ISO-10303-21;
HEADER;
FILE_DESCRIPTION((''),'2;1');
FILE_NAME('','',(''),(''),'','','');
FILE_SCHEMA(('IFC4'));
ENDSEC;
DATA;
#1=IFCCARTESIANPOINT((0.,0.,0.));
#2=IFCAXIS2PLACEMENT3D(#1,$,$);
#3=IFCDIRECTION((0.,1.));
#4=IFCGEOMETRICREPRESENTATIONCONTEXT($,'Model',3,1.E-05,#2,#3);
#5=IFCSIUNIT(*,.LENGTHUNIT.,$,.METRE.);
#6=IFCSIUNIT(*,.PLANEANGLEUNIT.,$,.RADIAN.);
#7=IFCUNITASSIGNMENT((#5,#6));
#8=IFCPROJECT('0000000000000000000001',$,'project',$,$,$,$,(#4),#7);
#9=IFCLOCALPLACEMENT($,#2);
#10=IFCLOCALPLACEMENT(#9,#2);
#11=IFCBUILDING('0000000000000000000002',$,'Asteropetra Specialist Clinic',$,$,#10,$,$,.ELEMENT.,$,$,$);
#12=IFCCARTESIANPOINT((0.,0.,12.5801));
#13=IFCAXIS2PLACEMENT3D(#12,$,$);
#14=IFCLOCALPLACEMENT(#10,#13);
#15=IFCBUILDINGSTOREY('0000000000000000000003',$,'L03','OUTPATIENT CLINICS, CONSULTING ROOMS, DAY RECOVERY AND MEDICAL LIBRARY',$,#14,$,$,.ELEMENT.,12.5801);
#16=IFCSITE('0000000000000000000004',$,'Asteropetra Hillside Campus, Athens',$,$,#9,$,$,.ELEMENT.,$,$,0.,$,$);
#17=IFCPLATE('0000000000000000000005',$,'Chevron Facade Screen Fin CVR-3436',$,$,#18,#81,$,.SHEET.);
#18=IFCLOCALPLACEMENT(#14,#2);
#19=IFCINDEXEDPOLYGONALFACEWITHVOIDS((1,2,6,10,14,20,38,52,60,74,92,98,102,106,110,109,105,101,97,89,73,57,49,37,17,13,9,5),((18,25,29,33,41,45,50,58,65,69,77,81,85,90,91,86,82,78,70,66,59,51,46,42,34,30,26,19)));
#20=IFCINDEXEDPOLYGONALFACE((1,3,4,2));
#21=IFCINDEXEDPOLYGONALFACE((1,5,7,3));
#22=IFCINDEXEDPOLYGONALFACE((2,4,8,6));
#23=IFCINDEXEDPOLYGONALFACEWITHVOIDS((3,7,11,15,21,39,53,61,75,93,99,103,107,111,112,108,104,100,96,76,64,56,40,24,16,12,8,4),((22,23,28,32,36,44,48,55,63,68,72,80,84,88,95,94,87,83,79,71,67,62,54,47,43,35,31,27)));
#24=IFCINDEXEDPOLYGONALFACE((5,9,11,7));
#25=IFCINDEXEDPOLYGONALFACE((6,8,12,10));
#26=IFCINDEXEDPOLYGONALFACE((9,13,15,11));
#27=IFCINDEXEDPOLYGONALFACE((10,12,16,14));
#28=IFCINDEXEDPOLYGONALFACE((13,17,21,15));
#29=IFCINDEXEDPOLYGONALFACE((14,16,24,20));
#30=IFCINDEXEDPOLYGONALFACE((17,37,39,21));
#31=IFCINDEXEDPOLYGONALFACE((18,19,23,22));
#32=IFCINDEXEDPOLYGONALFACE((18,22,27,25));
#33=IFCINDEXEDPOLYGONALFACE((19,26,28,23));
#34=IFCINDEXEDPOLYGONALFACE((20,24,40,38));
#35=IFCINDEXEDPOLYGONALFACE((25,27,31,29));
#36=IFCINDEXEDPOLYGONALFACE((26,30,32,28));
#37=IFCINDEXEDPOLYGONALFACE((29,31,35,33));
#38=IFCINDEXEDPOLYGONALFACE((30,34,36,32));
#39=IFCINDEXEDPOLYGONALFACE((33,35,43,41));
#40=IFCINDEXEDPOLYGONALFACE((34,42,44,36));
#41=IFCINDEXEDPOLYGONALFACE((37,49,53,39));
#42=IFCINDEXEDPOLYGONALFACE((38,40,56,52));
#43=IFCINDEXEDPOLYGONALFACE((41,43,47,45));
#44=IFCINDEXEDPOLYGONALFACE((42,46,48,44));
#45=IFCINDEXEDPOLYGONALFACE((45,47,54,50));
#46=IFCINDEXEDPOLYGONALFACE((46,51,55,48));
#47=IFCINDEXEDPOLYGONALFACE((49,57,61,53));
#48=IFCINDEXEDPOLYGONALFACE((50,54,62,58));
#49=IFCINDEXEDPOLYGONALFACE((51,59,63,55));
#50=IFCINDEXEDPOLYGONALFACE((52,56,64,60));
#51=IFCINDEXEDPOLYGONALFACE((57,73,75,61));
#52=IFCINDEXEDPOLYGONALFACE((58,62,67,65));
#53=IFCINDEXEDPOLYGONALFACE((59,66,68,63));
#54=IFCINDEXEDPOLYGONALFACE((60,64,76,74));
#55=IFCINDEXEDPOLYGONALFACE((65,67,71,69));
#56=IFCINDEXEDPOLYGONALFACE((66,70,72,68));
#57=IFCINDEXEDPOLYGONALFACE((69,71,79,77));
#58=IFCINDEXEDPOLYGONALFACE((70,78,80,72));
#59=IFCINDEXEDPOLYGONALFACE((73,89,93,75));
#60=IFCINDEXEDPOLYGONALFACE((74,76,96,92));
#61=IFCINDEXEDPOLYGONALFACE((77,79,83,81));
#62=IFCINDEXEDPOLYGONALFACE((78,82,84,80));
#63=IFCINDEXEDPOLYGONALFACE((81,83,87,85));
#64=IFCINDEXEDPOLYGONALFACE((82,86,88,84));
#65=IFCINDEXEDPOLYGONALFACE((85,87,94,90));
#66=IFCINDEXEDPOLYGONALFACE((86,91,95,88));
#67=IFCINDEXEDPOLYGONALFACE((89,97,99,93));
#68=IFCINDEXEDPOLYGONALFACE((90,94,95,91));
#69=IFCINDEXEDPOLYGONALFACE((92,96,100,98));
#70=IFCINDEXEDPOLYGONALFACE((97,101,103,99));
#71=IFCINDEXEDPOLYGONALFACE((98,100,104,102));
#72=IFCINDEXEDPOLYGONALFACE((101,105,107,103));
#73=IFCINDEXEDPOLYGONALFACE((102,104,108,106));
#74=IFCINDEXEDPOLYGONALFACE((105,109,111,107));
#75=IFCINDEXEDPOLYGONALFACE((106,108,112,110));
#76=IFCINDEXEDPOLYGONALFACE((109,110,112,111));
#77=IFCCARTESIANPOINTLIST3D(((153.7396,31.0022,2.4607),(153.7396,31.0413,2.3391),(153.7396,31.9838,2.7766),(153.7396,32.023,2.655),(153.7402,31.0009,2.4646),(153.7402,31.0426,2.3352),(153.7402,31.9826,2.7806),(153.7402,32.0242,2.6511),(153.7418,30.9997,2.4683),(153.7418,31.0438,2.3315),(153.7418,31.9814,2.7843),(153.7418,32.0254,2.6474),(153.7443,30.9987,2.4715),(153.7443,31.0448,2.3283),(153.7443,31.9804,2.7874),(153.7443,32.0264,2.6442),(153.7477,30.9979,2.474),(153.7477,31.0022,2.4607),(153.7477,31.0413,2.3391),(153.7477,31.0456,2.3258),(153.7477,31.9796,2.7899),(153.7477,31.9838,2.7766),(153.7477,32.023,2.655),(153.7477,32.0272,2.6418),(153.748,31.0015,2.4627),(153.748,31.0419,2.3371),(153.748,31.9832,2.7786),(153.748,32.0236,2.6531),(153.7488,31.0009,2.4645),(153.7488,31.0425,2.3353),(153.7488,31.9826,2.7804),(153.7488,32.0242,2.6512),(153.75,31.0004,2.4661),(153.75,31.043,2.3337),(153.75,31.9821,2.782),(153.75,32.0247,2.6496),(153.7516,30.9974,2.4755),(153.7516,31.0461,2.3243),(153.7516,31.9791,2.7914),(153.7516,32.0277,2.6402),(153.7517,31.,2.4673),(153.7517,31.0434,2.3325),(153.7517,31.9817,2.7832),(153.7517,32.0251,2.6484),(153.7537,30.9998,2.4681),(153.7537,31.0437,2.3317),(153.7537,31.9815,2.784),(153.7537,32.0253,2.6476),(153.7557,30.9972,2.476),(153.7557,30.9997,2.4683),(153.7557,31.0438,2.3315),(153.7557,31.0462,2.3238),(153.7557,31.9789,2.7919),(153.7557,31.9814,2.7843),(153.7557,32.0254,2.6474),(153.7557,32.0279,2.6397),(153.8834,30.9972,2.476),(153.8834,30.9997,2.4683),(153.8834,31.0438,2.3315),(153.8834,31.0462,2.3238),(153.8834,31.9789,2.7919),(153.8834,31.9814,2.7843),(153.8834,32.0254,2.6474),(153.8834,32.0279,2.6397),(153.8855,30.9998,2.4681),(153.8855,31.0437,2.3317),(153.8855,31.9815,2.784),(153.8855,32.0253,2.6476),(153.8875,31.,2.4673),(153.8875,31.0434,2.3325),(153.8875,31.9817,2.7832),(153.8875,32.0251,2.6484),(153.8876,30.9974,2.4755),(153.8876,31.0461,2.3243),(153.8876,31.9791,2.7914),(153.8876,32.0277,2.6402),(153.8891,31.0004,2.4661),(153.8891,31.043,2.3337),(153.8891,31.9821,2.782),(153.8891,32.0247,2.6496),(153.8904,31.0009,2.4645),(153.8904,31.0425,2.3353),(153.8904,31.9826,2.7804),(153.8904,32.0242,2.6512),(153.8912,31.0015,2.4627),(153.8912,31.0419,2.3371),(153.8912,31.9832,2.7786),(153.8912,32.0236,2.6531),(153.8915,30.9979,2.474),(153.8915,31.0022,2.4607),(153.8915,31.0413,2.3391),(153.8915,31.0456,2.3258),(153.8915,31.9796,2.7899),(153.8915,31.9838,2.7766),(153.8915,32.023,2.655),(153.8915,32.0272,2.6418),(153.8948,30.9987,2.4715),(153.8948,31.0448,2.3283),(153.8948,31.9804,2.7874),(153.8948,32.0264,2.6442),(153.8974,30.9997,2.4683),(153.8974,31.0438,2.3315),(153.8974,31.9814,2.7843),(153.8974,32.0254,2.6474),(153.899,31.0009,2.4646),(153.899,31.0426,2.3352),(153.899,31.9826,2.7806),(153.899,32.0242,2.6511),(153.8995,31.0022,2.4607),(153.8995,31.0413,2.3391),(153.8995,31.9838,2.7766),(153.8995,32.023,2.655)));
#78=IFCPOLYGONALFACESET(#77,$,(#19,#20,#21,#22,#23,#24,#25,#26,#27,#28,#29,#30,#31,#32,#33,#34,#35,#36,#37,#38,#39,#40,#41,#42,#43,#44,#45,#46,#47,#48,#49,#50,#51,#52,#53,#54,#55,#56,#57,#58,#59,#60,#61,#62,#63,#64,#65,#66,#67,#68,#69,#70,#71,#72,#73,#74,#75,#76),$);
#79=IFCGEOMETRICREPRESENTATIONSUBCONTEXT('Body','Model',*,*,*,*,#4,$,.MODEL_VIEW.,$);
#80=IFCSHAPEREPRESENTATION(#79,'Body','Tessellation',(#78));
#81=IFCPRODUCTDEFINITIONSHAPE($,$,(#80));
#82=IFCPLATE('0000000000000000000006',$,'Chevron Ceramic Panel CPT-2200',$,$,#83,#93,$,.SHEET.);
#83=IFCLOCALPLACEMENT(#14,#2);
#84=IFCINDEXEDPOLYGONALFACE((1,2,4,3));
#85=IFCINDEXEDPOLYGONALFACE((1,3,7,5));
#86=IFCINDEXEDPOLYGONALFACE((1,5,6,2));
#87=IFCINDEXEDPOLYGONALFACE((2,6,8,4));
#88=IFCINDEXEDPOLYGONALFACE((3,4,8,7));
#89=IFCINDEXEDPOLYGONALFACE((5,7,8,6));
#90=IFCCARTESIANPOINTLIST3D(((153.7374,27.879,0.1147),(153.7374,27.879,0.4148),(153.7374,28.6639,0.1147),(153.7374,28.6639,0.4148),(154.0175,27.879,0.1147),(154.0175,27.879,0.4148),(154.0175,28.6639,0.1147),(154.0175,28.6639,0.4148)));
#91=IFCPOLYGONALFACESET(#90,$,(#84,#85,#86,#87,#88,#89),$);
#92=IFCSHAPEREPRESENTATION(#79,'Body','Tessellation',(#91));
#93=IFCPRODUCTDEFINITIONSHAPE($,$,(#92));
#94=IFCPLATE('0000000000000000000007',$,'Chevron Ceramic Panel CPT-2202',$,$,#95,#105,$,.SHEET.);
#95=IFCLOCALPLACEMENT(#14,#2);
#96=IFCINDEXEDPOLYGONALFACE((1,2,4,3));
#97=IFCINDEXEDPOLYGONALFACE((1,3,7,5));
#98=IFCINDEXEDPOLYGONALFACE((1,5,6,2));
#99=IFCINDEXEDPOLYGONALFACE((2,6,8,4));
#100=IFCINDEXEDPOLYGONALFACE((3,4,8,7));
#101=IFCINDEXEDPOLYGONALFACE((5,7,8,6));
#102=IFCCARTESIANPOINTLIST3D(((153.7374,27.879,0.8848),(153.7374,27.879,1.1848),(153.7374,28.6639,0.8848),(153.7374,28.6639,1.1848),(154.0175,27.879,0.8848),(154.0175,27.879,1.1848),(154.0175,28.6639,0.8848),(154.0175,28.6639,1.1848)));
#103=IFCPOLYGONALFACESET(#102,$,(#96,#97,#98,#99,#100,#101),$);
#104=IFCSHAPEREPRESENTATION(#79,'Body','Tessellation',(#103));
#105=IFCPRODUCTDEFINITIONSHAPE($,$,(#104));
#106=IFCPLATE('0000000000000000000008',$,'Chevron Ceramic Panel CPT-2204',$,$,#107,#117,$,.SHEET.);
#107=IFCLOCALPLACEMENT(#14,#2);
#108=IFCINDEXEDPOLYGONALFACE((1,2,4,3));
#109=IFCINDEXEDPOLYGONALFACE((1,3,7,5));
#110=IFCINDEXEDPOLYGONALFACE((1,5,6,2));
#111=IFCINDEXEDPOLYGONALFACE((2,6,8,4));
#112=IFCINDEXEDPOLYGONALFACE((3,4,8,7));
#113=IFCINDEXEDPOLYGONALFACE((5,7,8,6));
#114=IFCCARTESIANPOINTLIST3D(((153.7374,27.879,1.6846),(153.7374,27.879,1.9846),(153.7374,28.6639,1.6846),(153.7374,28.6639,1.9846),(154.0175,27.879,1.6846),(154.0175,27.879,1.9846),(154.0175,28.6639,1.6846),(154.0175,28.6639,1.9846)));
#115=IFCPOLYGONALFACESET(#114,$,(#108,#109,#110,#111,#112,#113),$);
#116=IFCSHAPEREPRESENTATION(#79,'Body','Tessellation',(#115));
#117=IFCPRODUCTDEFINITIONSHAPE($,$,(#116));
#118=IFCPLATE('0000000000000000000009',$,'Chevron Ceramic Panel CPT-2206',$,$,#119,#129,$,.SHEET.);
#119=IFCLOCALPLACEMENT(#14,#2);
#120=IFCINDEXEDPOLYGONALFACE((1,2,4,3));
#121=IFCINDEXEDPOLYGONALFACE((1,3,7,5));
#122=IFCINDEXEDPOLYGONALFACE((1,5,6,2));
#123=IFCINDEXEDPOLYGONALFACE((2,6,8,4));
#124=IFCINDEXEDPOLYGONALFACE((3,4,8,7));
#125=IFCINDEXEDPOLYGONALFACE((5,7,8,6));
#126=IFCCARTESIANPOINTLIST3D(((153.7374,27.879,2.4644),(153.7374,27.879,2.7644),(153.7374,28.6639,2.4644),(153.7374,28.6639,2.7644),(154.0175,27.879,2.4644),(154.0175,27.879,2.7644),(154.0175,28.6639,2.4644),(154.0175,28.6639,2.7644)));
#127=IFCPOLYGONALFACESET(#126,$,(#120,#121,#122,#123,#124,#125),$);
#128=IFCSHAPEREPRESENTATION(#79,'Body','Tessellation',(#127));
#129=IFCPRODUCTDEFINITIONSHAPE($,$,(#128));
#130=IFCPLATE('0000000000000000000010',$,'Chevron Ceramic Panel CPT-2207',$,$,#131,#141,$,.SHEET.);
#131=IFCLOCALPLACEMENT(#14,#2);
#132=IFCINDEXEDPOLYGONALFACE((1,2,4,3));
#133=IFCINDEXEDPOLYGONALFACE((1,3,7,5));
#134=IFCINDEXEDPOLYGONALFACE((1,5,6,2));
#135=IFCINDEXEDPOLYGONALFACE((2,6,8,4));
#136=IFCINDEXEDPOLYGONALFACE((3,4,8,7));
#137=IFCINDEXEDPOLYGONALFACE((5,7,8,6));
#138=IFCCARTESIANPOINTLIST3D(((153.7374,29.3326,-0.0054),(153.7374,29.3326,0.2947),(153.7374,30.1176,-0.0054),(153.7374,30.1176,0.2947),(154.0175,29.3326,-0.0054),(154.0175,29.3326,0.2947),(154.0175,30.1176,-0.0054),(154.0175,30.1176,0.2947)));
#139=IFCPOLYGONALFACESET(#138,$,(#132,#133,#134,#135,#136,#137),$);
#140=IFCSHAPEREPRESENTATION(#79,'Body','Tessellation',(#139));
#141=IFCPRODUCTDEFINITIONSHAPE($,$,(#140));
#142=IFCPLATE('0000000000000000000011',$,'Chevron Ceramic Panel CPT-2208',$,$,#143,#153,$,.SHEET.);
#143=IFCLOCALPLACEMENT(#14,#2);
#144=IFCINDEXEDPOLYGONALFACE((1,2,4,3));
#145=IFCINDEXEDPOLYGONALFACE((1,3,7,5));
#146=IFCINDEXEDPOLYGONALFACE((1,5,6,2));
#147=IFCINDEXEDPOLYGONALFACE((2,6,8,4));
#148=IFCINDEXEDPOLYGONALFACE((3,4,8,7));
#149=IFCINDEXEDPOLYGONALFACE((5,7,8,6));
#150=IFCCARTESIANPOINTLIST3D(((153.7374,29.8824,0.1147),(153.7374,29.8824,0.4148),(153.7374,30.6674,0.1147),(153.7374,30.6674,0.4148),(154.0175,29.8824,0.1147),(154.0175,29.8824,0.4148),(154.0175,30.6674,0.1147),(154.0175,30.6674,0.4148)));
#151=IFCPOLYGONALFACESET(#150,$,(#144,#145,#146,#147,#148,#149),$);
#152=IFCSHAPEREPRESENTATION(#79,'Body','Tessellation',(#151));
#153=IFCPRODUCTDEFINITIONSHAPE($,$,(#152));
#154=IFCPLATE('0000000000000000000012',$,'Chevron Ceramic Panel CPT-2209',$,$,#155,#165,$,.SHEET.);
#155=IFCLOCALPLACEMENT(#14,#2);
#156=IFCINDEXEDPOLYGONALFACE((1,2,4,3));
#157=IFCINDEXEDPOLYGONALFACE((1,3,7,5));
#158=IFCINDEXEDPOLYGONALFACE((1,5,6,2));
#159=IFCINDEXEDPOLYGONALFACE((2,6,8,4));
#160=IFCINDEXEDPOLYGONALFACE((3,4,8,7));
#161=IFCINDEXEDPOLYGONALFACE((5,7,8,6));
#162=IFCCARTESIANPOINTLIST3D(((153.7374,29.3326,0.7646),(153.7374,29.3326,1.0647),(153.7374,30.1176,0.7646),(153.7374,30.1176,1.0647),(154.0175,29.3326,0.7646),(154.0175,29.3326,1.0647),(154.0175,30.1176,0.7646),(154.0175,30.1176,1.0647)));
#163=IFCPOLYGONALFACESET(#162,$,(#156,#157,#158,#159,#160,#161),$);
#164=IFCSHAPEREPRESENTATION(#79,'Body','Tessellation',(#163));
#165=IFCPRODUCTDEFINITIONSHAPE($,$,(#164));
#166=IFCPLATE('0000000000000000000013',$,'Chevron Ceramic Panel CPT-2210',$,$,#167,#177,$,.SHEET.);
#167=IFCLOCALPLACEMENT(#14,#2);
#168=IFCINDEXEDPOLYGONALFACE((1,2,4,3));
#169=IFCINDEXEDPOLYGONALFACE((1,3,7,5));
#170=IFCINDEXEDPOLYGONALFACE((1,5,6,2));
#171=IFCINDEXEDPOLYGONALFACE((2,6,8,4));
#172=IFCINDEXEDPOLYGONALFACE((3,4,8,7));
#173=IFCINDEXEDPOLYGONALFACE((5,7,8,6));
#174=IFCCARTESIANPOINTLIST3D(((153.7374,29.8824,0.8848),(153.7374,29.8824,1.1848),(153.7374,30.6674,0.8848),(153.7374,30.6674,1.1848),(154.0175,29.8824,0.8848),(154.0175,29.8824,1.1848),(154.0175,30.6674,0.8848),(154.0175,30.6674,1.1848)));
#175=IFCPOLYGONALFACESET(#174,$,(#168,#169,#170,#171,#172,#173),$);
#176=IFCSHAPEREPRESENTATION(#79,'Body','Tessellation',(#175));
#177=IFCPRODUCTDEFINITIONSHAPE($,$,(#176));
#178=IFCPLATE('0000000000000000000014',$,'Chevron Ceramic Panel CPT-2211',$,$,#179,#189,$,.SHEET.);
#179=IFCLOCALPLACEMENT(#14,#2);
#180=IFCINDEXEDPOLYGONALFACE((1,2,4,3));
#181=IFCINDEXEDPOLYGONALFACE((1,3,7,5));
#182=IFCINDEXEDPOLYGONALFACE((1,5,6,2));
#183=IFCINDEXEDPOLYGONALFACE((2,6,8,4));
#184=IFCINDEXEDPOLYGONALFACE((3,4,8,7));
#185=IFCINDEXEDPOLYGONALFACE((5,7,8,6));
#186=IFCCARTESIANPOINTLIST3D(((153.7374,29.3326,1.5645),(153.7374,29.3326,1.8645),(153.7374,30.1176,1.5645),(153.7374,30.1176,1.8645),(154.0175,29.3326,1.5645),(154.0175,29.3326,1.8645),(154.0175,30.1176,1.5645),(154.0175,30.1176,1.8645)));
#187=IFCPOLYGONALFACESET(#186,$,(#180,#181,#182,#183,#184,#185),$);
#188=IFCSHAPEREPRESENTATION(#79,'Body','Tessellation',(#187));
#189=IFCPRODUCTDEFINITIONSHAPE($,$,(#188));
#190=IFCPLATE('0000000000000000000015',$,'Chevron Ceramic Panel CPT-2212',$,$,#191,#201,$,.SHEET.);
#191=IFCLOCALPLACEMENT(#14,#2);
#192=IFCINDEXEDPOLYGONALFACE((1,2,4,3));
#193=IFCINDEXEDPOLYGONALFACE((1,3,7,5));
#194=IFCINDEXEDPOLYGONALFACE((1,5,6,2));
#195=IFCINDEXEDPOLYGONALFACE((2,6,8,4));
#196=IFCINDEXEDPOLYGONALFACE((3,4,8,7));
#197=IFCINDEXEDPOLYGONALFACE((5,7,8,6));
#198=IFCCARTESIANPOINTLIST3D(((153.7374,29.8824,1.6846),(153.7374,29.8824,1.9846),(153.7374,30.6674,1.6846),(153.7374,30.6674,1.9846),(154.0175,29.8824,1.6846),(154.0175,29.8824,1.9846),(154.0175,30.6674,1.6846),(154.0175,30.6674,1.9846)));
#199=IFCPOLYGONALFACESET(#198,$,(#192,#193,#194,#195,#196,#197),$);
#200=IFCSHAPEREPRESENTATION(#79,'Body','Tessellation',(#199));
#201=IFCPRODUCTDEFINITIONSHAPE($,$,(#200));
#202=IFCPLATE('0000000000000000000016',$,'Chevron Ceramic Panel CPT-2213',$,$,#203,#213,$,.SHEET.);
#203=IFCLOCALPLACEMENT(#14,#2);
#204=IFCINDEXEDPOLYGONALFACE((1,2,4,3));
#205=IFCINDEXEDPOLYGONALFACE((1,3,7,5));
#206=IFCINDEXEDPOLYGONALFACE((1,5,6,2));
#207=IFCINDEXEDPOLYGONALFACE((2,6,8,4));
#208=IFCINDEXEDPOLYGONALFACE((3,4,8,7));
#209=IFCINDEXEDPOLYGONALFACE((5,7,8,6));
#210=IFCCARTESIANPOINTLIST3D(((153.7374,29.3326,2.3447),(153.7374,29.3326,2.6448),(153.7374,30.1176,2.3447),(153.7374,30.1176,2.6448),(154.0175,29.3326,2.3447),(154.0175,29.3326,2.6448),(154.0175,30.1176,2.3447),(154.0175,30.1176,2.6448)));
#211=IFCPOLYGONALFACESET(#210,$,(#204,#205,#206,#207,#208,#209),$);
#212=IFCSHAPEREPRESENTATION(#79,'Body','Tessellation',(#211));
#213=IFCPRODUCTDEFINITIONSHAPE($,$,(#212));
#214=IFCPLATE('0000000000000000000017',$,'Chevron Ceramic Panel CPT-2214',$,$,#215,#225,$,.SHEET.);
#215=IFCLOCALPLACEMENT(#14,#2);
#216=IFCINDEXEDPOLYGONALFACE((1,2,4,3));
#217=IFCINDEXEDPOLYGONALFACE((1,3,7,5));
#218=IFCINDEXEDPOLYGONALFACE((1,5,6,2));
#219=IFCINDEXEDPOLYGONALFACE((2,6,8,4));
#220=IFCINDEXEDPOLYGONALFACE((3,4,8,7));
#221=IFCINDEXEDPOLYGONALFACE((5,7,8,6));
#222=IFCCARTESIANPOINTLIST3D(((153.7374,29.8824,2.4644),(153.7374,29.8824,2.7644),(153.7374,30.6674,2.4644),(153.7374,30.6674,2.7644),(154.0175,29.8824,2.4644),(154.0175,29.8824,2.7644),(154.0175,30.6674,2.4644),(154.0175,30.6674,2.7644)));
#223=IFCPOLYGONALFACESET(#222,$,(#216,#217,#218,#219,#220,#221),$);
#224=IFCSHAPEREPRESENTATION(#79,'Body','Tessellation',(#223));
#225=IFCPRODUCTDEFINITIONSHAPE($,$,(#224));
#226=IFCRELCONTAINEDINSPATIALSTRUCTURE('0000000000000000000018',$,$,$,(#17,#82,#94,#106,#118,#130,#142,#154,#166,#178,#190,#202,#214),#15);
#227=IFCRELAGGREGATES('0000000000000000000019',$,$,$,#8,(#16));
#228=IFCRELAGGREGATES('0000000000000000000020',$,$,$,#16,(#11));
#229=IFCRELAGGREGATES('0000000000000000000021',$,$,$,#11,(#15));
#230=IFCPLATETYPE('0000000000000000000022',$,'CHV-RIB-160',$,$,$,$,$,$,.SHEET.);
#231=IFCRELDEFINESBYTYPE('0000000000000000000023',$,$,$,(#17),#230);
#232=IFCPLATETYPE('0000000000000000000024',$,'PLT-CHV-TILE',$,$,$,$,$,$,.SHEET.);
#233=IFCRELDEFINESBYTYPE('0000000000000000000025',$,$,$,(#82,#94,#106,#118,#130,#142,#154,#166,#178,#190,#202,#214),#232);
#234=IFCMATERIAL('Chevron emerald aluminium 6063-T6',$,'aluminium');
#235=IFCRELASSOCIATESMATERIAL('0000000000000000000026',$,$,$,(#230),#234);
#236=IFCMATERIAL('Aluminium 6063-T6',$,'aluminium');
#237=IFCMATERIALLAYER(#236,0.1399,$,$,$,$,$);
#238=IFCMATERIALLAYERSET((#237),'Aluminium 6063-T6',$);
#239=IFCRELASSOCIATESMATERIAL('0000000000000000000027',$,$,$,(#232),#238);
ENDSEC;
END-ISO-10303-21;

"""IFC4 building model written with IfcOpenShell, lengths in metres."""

from ifc_helpers import new_model, si_unit, direction, frame, origin, origin_2d, place, context, subcontext, project, spatial, rectangle, hollow_rectangle, extrude, material, layer, layer_set, material_profile, profile_set, type_object, element, save


model = new_model("IFC4")

# Units and contexts
model_context = context("Model", 3, precision=1e-05, world=origin(), true_north=direction((0.0, 1.0)))
body_context = subcontext(model_context, "Body", "Model", "MODEL_VIEW")
ifc_project = project(units=[si_unit("LENGTHUNIT", "METRE"), si_unit("PLANEANGLEUNIT", "RADIAN")], contexts=[model_context])

# Site, building, storey
site_placement = place(None, origin())
site = spatial("IfcSite", under=ifc_project, at=site_placement, Name="Asteropetra Hillside Campus, Athens", CompositionType="ELEMENT", RefElevation=0.0)
building_placement = place(site_placement, origin())
building = spatial("IfcBuilding", under=site, at=building_placement, Name="Asteropetra Specialist Clinic", CompositionType="ELEMENT")
storey_placement = place(building_placement, frame((0.0, 0.0, 12.5801)))
storey = spatial("IfcBuildingStorey", under=building, at=storey_placement, Name="L03", Description="OUTPATIENT CLINICS, CONSULTING ROOMS, DAY RECOVERY AND MEDICAL LIBRARY", CompositionType="ELEMENT", Elevation=12.5801)

# Plates
ifc_material_1 = material(Name="Chevron emerald aluminium 6063-T6", Category="aluminium")
ifc_material_profile = material_profile(ifc_material_1, hollow_rectangle(XDim=0.1599, YDim=0.1599, WallThickness=0.0081, InnerFilletRadius=0.0081, OuterFilletRadius=0.0161, at=origin_2d()), Name="SHS 160x160x8.0")
ifc_profile_set = profile_set([ifc_material_profile], Name="Chevron emerald aluminium 6063-T6")
plate_type_1 = type_object("IfcPlateType", Name="CHV-RIB-160", PredefinedType="SHEET", material=ifc_profile_set)
for number, where, z_axis, x_axis, name in (
    (1, (153.8196, 31.0217, 2.3999), (0.0, 0.951923, 0.306339), (-1.0, 0.0, 0.0), "Chevron Facade Screen Fin CVR-3436"),
):
    element("IfcPlate", number, at=place(storey_placement, frame(where, z_axis=z_axis, x_axis=x_axis)), inside=storey, type_object=plate_type_1, Name=name, PredefinedType="SHEET", context=body_context, shape_type="SweptSolid", body=[
        extrude(hollow_rectangle(XDim=0.1599, YDim=0.1599, WallThickness=0.0081, InnerFilletRadius=0.0081, OuterFilletRadius=0.0161, at=origin_2d()), origin(), (0.0, 0.0, 1.0), 1.0312),
    ])
ifc_material_2 = material(Name="Aluminium 6063-T6", Category="aluminium")
ifc_layer_1 = layer(ifc_material_2, 0.1399)
ifc_layer_set_1 = layer_set([ifc_layer_1], Name="Aluminium 6063-T6")
plate_type_2 = type_object("IfcPlateType", Name="PLT-CHV-TILE", PredefinedType="SHEET", material=ifc_layer_set_1)
for number, where, z_axis, x_axis, name in (
    (2, (153.8774, 28.2715, 0.1147), (0.0, 0.0, 1.0), (1.0, 0.0, 0.0), "Chevron Ceramic Panel CPT-2200"),
    (3, (153.8774, 28.2715, 0.8848), (0.0, 0.0, 1.0), (1.0, 0.0, 0.0), "Chevron Ceramic Panel CPT-2202"),
    (4, (153.8774, 28.2715, 1.6846), (0.0, 0.0, 1.0), (1.0, 0.0, 0.0), "Chevron Ceramic Panel CPT-2204"),
    (5, (153.8774, 28.2715, 2.4644), (0.0, 0.0, 1.0), (1.0, 0.0, 0.0), "Chevron Ceramic Panel CPT-2206"),
    (6, (153.8774, 29.7251, -0.0054), (0.0, 0.0, 1.0), (1.0, 0.0, 0.0), "Chevron Ceramic Panel CPT-2207"),
    (7, (153.8774, 30.2749, 0.1147), (0.0, 0.0, 1.0), (1.0, 0.0, 0.0), "Chevron Ceramic Panel CPT-2208"),
    (8, (153.8774, 29.7251, 0.7646), (0.0, 0.0, 1.0), (1.0, 0.0, 0.0), "Chevron Ceramic Panel CPT-2209"),
    (9, (153.8774, 30.2749, 0.8848), (0.0, 0.0, 1.0), (1.0, 0.0, 0.0), "Chevron Ceramic Panel CPT-2210"),
    (10, (153.8774, 29.7251, 1.5645), (0.0, 0.0, 1.0), (1.0, 0.0, 0.0), "Chevron Ceramic Panel CPT-2211"),
    (11, (153.8774, 30.2749, 1.6846), (0.0, 0.0, 1.0), (1.0, 0.0, 0.0), "Chevron Ceramic Panel CPT-2212"),
    (12, (153.8774, 29.7251, 2.3447), (0.0, 0.0, 1.0), (1.0, 0.0, 0.0), "Chevron Ceramic Panel CPT-2213"),
    (13, (153.8774, 30.2749, 2.4644), (0.0, 0.0, 1.0), (1.0, 0.0, 0.0), "Chevron Ceramic Panel CPT-2214"),
):
    element("IfcPlate", number, at=place(storey_placement, frame(where, z_axis=z_axis, x_axis=x_axis)), inside=storey, type_object=plate_type_2, Name=name, PredefinedType="SHEET", context=body_context, shape_type="SweptSolid", body=[
        extrude(rectangle(XDim=0.28, YDim=0.7849, at=origin_2d()), origin(), (0.0, 0.0, 1.0), 0.3),
    ])

save(model, "model.ifc")
